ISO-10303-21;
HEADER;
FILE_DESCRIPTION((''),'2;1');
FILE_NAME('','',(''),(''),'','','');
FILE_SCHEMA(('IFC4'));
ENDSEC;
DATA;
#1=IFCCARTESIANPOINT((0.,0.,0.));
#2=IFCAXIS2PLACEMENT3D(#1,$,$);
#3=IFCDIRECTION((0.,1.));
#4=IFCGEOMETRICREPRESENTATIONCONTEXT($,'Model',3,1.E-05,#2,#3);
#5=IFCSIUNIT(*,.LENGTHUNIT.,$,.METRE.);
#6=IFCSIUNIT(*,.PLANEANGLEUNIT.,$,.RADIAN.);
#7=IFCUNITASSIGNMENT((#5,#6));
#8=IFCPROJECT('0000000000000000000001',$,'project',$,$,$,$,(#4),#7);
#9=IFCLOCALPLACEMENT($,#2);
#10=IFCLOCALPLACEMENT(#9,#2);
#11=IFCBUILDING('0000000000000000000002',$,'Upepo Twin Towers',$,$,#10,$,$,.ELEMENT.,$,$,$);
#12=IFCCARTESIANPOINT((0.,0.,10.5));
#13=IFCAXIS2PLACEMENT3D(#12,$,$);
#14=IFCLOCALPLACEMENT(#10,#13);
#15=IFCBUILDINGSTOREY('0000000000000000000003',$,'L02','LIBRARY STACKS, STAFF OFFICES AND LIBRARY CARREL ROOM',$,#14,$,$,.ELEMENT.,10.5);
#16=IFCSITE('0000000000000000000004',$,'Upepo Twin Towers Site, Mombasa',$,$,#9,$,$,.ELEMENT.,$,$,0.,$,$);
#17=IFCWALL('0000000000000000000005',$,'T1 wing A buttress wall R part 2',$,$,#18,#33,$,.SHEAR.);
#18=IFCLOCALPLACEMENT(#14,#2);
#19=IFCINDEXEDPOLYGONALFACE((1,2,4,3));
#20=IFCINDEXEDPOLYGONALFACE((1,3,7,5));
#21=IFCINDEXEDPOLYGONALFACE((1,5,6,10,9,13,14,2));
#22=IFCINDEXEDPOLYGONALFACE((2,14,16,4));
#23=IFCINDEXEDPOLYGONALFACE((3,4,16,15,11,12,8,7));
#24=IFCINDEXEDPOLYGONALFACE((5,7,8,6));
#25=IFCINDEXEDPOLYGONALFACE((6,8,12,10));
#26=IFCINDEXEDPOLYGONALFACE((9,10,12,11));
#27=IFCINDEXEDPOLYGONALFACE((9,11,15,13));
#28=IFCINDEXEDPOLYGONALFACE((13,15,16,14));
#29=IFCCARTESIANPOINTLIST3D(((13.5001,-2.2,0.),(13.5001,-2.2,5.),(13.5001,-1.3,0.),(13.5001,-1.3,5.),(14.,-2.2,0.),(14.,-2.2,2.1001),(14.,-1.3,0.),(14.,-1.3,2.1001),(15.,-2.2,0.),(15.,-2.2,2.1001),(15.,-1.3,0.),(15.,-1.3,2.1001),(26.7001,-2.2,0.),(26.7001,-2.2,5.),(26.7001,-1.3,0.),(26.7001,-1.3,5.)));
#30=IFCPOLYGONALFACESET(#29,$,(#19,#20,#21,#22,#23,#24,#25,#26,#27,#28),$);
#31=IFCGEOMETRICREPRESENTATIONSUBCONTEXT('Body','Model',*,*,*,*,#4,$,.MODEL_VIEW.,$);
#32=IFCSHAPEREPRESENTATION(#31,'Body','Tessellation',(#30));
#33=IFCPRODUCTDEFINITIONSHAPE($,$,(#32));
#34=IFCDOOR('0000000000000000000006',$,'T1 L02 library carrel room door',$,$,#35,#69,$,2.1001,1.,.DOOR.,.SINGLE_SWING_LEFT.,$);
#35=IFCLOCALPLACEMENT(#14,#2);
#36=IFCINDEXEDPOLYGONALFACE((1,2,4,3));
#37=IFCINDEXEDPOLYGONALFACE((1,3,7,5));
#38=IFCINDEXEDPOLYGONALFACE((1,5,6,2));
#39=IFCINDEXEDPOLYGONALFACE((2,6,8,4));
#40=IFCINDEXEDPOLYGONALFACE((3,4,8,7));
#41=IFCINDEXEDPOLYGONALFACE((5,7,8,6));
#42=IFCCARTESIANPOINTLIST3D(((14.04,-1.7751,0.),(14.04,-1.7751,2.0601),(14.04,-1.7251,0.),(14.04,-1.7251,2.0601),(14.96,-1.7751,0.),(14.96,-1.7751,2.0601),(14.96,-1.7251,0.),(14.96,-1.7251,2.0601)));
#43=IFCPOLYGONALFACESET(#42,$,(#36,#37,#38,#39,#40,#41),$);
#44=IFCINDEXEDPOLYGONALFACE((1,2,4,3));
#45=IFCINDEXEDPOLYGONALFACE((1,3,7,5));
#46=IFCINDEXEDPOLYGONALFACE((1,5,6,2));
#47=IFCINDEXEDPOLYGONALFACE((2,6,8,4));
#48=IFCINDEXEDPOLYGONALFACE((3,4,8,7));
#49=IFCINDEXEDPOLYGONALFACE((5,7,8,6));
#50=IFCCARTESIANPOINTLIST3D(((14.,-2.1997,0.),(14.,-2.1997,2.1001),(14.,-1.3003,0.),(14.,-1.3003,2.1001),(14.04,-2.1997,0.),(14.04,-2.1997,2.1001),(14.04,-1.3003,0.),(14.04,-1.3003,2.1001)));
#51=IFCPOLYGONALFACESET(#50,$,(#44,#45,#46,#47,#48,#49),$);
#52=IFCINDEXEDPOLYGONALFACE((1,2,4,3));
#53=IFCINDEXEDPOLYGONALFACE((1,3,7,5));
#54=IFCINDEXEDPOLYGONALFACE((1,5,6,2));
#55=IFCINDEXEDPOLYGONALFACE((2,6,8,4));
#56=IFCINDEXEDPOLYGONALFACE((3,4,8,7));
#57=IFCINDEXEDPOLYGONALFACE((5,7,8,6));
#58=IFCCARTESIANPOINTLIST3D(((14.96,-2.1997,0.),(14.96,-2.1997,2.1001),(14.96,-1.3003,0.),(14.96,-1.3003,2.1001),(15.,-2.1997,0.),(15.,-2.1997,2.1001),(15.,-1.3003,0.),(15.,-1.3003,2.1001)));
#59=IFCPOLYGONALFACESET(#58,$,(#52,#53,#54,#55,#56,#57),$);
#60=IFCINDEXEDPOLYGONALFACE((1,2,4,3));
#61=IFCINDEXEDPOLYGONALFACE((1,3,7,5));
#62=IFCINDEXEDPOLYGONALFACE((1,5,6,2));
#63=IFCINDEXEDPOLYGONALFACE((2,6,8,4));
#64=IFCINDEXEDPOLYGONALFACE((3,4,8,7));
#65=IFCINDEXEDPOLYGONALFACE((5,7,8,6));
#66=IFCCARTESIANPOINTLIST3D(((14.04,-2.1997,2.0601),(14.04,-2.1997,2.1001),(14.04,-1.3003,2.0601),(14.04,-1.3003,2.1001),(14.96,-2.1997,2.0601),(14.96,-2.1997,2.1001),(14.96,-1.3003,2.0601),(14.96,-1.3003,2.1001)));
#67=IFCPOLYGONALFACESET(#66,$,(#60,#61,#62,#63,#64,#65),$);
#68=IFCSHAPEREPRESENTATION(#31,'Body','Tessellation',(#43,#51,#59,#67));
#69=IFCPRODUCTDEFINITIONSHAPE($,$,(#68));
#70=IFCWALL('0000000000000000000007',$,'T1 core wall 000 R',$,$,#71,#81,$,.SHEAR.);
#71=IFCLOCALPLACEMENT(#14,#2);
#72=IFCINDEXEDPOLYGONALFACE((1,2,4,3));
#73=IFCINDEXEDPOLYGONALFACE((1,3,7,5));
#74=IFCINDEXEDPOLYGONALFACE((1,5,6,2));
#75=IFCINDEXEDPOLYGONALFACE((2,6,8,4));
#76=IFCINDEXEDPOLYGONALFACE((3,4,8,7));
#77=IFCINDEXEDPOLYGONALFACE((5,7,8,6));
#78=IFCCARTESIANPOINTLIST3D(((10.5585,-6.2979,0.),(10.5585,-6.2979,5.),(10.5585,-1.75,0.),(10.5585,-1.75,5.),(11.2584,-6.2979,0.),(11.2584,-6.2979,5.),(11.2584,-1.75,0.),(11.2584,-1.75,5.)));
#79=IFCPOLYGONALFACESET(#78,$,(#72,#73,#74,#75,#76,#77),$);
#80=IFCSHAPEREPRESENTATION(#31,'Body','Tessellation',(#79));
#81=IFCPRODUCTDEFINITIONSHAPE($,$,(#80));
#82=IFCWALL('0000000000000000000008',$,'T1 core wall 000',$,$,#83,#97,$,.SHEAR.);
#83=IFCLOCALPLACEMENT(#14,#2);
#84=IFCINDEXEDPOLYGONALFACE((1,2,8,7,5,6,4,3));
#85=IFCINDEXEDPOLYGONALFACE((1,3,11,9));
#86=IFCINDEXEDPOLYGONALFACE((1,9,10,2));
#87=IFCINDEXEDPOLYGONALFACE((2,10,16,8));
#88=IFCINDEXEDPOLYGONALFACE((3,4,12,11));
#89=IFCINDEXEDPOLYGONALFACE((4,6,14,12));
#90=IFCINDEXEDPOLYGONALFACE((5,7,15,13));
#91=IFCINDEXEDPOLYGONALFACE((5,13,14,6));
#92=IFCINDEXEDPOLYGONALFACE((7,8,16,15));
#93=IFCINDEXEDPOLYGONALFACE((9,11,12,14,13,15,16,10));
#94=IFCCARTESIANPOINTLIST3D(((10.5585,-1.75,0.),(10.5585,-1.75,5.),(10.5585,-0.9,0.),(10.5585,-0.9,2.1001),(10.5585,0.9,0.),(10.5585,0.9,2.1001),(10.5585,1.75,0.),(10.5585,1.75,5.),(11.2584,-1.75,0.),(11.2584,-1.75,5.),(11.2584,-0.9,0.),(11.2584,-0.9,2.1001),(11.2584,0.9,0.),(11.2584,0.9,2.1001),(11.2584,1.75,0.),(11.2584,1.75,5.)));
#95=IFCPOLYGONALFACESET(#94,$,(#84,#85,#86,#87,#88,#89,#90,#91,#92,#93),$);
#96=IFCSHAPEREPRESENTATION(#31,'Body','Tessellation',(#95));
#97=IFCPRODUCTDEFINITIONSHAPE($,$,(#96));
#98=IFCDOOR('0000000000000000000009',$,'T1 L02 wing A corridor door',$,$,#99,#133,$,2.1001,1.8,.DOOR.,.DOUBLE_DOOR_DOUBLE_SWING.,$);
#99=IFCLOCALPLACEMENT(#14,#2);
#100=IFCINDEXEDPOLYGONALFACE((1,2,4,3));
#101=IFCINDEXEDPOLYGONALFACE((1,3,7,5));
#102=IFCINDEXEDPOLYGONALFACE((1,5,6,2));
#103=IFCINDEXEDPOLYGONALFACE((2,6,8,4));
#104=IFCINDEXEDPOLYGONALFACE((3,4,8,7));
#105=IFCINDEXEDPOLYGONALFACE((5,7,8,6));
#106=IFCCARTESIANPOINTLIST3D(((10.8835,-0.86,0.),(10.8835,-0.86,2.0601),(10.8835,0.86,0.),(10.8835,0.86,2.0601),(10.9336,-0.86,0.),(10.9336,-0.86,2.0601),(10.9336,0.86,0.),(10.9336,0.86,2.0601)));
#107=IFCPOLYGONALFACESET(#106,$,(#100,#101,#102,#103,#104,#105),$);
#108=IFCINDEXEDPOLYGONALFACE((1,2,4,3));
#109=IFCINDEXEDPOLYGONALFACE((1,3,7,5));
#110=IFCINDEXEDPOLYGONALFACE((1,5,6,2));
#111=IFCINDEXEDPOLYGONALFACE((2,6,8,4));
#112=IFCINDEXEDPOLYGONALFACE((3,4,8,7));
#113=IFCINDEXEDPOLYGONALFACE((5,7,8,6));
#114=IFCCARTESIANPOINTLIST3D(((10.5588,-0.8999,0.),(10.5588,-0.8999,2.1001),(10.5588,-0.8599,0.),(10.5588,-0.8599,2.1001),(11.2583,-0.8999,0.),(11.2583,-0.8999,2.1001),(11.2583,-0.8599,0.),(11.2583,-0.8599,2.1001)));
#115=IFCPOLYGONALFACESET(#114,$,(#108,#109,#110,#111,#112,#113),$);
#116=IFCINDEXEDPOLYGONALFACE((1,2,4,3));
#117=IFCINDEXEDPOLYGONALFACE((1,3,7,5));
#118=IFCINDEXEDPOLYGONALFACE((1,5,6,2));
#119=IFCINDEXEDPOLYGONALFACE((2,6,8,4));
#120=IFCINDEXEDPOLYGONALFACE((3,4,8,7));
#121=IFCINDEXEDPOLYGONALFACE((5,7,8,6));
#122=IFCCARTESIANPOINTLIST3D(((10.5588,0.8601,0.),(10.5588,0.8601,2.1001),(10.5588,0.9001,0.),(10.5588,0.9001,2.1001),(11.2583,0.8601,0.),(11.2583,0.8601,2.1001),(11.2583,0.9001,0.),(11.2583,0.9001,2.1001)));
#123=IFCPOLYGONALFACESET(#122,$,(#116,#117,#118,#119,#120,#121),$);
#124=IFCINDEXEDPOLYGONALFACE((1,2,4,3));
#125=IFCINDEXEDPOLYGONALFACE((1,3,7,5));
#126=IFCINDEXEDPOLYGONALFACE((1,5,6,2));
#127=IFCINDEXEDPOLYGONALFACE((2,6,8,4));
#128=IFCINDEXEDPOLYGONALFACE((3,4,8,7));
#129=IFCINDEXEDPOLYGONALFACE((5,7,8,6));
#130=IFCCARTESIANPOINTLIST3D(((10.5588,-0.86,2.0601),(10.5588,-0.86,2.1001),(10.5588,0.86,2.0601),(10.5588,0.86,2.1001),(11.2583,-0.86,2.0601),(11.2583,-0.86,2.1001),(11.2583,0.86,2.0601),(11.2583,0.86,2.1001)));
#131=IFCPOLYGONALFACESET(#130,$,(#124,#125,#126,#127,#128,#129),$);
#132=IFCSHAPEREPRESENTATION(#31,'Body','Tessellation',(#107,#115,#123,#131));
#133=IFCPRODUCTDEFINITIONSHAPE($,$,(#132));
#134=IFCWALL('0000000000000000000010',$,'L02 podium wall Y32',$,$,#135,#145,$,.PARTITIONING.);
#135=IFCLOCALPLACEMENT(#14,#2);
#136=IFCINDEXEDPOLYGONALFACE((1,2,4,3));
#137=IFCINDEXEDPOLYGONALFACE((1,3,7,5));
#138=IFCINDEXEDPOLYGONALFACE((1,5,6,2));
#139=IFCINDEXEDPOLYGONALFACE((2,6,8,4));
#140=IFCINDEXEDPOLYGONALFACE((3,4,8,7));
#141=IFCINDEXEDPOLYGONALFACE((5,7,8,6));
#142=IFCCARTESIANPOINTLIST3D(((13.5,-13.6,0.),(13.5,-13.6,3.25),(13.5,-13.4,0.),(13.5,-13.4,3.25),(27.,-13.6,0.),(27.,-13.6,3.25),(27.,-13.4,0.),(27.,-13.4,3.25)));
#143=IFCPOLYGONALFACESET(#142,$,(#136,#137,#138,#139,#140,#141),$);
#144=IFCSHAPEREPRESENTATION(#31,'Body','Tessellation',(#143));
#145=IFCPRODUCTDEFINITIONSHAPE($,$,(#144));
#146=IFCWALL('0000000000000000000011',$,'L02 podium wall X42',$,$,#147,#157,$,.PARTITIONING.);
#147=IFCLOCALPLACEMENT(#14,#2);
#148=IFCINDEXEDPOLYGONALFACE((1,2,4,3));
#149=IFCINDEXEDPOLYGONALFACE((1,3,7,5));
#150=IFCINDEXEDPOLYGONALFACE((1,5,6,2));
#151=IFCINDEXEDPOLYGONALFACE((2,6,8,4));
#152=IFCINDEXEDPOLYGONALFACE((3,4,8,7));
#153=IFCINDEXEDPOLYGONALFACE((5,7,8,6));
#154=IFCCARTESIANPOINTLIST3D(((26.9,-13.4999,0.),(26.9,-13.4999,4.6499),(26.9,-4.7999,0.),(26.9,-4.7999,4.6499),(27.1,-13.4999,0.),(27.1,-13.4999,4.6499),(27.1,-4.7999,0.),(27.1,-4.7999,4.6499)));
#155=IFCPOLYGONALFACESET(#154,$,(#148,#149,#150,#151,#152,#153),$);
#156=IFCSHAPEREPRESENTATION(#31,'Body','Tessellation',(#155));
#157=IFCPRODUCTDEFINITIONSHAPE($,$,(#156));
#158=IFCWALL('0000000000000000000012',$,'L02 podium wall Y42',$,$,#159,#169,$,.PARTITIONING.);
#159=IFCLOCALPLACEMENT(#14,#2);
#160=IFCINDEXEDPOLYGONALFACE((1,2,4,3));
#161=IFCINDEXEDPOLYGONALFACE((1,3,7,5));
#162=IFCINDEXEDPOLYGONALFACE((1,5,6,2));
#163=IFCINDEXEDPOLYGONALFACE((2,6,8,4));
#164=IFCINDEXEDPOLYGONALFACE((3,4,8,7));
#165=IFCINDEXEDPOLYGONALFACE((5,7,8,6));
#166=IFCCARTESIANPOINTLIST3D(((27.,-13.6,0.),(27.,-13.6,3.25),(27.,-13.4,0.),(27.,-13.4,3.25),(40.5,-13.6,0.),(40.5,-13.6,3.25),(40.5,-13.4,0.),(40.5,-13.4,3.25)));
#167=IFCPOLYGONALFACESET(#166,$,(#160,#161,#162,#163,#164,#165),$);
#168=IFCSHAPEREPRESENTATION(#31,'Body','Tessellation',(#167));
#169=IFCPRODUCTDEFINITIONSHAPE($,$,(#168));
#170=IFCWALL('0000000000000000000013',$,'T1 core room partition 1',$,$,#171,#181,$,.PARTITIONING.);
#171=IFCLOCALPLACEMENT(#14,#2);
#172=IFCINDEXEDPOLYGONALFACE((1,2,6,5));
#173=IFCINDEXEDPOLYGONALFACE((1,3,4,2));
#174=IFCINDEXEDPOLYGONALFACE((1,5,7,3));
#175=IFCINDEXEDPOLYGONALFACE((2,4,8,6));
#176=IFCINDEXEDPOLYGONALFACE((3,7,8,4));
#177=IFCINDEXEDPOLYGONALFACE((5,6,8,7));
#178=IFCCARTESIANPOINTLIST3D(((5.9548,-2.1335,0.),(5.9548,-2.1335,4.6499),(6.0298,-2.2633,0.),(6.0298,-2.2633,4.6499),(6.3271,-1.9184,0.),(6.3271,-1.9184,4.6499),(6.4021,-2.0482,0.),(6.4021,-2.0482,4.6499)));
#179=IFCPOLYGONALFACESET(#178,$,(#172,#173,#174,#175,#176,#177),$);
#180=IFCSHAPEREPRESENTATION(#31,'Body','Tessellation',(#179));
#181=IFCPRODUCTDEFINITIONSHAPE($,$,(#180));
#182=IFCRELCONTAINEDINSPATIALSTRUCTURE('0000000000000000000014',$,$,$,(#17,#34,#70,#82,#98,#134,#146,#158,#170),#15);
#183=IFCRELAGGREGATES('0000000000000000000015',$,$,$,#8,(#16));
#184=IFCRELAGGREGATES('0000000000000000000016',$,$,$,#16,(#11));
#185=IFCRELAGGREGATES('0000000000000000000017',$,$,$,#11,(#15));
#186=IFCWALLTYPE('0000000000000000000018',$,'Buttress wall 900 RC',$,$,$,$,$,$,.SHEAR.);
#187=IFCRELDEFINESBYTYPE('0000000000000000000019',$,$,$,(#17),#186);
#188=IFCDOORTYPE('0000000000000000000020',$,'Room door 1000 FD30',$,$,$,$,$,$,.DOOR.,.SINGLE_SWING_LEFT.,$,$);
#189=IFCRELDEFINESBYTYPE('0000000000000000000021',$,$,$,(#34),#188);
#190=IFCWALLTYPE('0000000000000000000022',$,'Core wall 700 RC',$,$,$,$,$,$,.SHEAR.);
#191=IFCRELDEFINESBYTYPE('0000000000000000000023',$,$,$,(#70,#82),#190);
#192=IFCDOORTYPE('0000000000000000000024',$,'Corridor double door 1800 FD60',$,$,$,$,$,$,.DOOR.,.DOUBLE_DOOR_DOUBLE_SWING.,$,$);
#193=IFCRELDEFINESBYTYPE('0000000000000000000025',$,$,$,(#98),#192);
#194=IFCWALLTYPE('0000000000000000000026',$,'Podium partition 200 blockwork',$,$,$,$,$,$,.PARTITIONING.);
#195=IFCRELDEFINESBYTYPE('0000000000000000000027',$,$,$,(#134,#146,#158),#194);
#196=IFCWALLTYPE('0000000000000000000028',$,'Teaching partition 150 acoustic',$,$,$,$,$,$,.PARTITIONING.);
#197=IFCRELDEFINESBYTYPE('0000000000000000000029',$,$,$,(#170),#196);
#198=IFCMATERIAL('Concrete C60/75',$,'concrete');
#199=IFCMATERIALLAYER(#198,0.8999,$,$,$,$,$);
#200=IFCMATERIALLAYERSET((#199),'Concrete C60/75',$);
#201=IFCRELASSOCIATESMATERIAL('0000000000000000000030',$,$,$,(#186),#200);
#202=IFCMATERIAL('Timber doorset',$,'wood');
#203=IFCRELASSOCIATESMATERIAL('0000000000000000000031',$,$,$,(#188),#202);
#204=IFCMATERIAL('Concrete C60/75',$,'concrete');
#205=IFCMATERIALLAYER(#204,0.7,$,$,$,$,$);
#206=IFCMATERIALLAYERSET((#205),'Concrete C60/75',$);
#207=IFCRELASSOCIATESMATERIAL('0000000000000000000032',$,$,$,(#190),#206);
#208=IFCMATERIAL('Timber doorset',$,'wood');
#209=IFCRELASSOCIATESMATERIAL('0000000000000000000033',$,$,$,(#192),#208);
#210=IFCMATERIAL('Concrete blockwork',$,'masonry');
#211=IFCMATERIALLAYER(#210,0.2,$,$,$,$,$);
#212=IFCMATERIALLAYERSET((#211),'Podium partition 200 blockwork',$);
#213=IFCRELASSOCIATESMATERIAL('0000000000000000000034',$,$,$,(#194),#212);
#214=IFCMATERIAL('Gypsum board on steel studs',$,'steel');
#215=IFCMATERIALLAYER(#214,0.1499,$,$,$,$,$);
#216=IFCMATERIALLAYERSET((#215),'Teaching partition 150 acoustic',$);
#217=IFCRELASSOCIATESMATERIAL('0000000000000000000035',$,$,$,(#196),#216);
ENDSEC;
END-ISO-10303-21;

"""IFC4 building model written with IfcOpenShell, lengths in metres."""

from ifc_helpers import new_model, si_unit, direction, frame, frame_2d, origin, place, context, subcontext, project, spatial, rectangle, extrude, material, layer, layer_set, type_object, element, fill, save


model = new_model("IFC4")

# Units and contexts
model_context = context("Model", 3, precision=1e-05, world=origin(), true_north=direction((0.0, 1.0)))
body_context = subcontext(model_context, "Body", "Model", "MODEL_VIEW")
ifc_project = project(units=[si_unit("LENGTHUNIT", "METRE"), si_unit("PLANEANGLEUNIT", "RADIAN")], contexts=[model_context])

# Site, building, storey
site_placement = place(None, origin())
site = spatial("IfcSite", under=ifc_project, at=site_placement, Name="Upepo Twin Towers Site, Mombasa", CompositionType="ELEMENT", RefElevation=0.0)
building_placement = place(site_placement, origin())
building = spatial("IfcBuilding", under=site, at=building_placement, Name="Upepo Twin Towers", CompositionType="ELEMENT")
storey_placement = place(building_placement, frame((0.0, 0.0, 10.5)))
storey = spatial("IfcBuildingStorey", under=building, at=storey_placement, Name="L02", Description="LIBRARY STACKS, STAFF OFFICES AND LIBRARY CARREL ROOM", CompositionType="ELEMENT", Elevation=10.5)

# Wall, opening, door
ifc_material_1 = material(Name="Concrete C60/75", Category="concrete")
ifc_layer_1 = layer(ifc_material_1, 0.8999)
ifc_layer_set_1 = layer_set([ifc_layer_1], Name="Concrete C60/75")
wall_type_1 = type_object("IfcWallType", Name="Buttress wall 900 RC", PredefinedType="SHEAR", material=ifc_layer_set_1)
wall_1_placement = place(storey_placement, frame((13.5, -1.75, 0.0), z_axis=(0.0, 0.0, 1.0), x_axis=(1.0, 0.0, 0.0)))
wall_1 = element("IfcWall", 1, at=wall_1_placement, inside=storey, type_object=wall_type_1, Name="T1 wing A buttress wall R part 2", PredefinedType="SHEAR", context=body_context, shape_type="SweptSolid", body=[
    extrude(rectangle(XDim=13.2, YDim=0.8999, at=frame_2d((6.6001, 0.0))), origin(), (0.0, 0.0, 1.0), 5.0),
])
opening_1_placement = place(wall_1_placement, frame((0.5, 0.0, 0.0)))
opening_1 = element("IfcOpeningElement", 2, at=opening_1_placement, cuts=wall_1, PredefinedType="OPENING", context=body_context, shape_type="SweptSolid", body=[
    extrude(rectangle(XDim=1.0, YDim=2.1001, at=frame_2d((0.5, 1.05))), frame((0.0, 0.46, 0.0), z_axis=(0.0, -1.0, 0.0), x_axis=(1.0, 0.0, 0.0)), (0.0, 0.0, 1.0), 0.9199),
])
ifc_material_2 = material(Name="Timber doorset", Category="wood")
door_type_1 = type_object("IfcDoorType", Name="Room door 1000 FD30", OperationType="SINGLE_SWING_LEFT", PredefinedType="DOOR", material=ifc_material_2)
door_1_placement = place(opening_1_placement, origin())
door_1 = element("IfcDoor", 3, at=door_1_placement, inside=storey, type_object=door_type_1, Name="T1 L02 library carrel room door", OperationType="SINGLE_SWING_LEFT", OverallHeight=2.1001, OverallWidth=1.0, PredefinedType="DOOR", context=body_context, shape_type="SweptSolid", body=[
    extrude(rectangle(XDim=0.92, YDim=2.0601, at=frame_2d((0.5, 1.03))), frame((0.0, 0.0249, 0.0), z_axis=(0.0, -1.0, 0.0), x_axis=(1.0, 0.0, 0.0)), (0.0, 0.0, 1.0), 0.05),
    extrude(rectangle(XDim=0.04, YDim=2.1001, at=frame_2d((0.02, 1.05))), frame((0.0, 0.4497, 0.0), z_axis=(0.0, -1.0, 0.0), x_axis=(1.0, 0.0, 0.0)), (0.0, 0.0, 1.0), 0.8994),
    extrude(rectangle(XDim=0.04, YDim=2.1001, at=frame_2d((0.98, 1.05))), frame((0.0, 0.4497, 0.0), z_axis=(0.0, -1.0, 0.0), x_axis=(1.0, 0.0, 0.0)), (0.0, 0.0, 1.0), 0.8994),
    extrude(rectangle(XDim=0.92, YDim=0.04, at=frame_2d((0.5, 2.0801))), frame((0.0, 0.4497, 0.0), z_axis=(0.0, -1.0, 0.0), x_axis=(1.0, 0.0, 0.0)), (0.0, 0.0, 1.0), 0.8994),
])
fill(opening_1, door_1)

# Wall
ifc_material_3 = material(Name="Concrete C60/75", Category="concrete")
ifc_layer_2 = layer(ifc_material_3, 0.7)
ifc_layer_set_2 = layer_set([ifc_layer_2], Name="Concrete C60/75")
wall_type_2 = type_object("IfcWallType", Name="Core wall 700 RC", PredefinedType="SHEAR", material=ifc_layer_set_2)
wall_2_placement = place(storey_placement, frame((10.9084, -6.2979, 0.0), z_axis=(0.0, 0.0, 1.0), x_axis=(0.0, 1.0, 0.0)))
element("IfcWall", 4, at=wall_2_placement, inside=storey, type_object=wall_type_2, Name="T1 core wall 000 R", PredefinedType="SHEAR", context=body_context, shape_type="SweptSolid", body=[
    extrude(rectangle(XDim=4.5479, YDim=0.7, at=frame_2d((2.2739, 0.0))), origin(), (0.0, 0.0, 1.0), 5.0),
])

# Wall, opening, door
wall_3_placement = place(storey_placement, frame((10.9084, -1.75, 0.0), z_axis=(0.0, 0.0, 1.0), x_axis=(0.0, 1.0, 0.0)))
wall_3 = element("IfcWall", 5, at=wall_3_placement, inside=storey, type_object=wall_type_2, Name="T1 core wall 000", PredefinedType="SHEAR", context=body_context, shape_type="SweptSolid", body=[
    extrude(rectangle(XDim=3.5, YDim=0.7, at=frame_2d((1.75, 0.0))), origin(), (0.0, 0.0, 1.0), 5.0),
])
opening_2_placement = place(wall_3_placement, frame((0.8501, 0.0, 0.0)))
opening_2 = element("IfcOpeningElement", 6, at=opening_2_placement, cuts=wall_3, PredefinedType="OPENING", context=body_context, shape_type="SweptSolid", body=[
    extrude(rectangle(XDim=1.8, YDim=2.1001, at=frame_2d((0.8999, 1.05))), frame((0.0, 0.3599, 0.0), z_axis=(0.0, -1.0, 0.0), x_axis=(1.0, 0.0, 0.0)), (0.0, 0.0, 1.0), 0.72),
])
ifc_material_4 = material(Name="Timber doorset", Category="wood")
door_type_2 = type_object("IfcDoorType", Name="Corridor double door 1800 FD60", OperationType="DOUBLE_DOOR_DOUBLE_SWING", PredefinedType="DOOR", material=ifc_material_4)
door_2_placement = place(opening_2_placement, origin())
door_2 = element("IfcDoor", 7, at=door_2_placement, inside=storey, type_object=door_type_2, Name="T1 L02 wing A corridor door", OperationType="DOUBLE_DOOR_DOUBLE_SWING", OverallHeight=2.1001, OverallWidth=1.8, PredefinedType="DOOR", context=body_context, shape_type="SweptSolid", body=[
    extrude(rectangle(XDim=1.72, YDim=2.0601, at=frame_2d((0.8999, 1.03))), frame((0.0, 0.0249, 0.0), z_axis=(0.0, -1.0, 0.0), x_axis=(1.0, 0.0, 0.0)), (0.0, 0.0, 1.0), 0.05),
    extrude(rectangle(XDim=0.04, YDim=2.1001, at=frame_2d((0.02, 1.05))), frame((0.0, 0.3496, 0.0), z_axis=(0.0, -1.0, 0.0), x_axis=(1.0, 0.0, 0.0)), (0.0, 0.0, 1.0), 0.6995),
    extrude(rectangle(XDim=0.04, YDim=2.1001, at=frame_2d((1.78, 1.05))), frame((0.0, 0.3496, 0.0), z_axis=(0.0, -1.0, 0.0), x_axis=(1.0, 0.0, 0.0)), (0.0, 0.0, 1.0), 0.6995),
    extrude(rectangle(XDim=1.72, YDim=0.04, at=frame_2d((0.8999, 2.0801))), frame((0.0, 0.3496, 0.0), z_axis=(0.0, -1.0, 0.0), x_axis=(1.0, 0.0, 0.0)), (0.0, 0.0, 1.0), 0.6995),
])
fill(opening_2, door_2)

# Walls
ifc_material_5 = material(Name="Concrete blockwork", Category="masonry")
ifc_layer_3 = layer(ifc_material_5, 0.2)
ifc_layer_set_3 = layer_set([ifc_layer_3], Name="Podium partition 200 blockwork")
wall_type_3 = type_object("IfcWallType", Name="Podium partition 200 blockwork", PredefinedType="PARTITIONING", material=ifc_layer_set_3)
wall_4_placement = place(storey_placement, frame((13.5, -13.5, 0.0), z_axis=(0.0, 0.0, 1.0), x_axis=(1.0, 0.0, 0.0)))
element("IfcWall", 8, at=wall_4_placement, inside=storey, type_object=wall_type_3, Name="L02 podium wall Y32", PredefinedType="PARTITIONING", context=body_context, shape_type="SweptSolid", body=[
    extrude(rectangle(XDim=13.5, YDim=0.2, at=frame_2d((6.75, 0.0))), origin(), (0.0, 0.0, 1.0), 3.25),
])
wall_5_placement = place(storey_placement, frame((27.0, -13.5, 0.0), z_axis=(0.0, 0.0, 1.0), x_axis=(0.0, 1.0, 0.0)))
element("IfcWall", 9, at=wall_5_placement, inside=storey, type_object=wall_type_3, Name="L02 podium wall X42", PredefinedType="PARTITIONING", context=body_context, shape_type="SweptSolid", body=[
    extrude(rectangle(XDim=8.7, YDim=0.2, at=frame_2d((4.3501, 0.0))), origin(), (0.0, 0.0, 1.0), 4.6499),
])
wall_6_placement = place(storey_placement, frame((27.0, -13.5, 0.0), z_axis=(0.0, 0.0, 1.0), x_axis=(1.0, 0.0, 0.0)))
element("IfcWall", 10, at=wall_6_placement, inside=storey, type_object=wall_type_3, Name="L02 podium wall Y42", PredefinedType="PARTITIONING", context=body_context, shape_type="SweptSolid", body=[
    extrude(rectangle(XDim=13.5, YDim=0.2, at=frame_2d((6.75, 0.0))), origin(), (0.0, 0.0, 1.0), 3.25),
])
ifc_material_6 = material(Name="Gypsum board on steel studs", Category="steel")
ifc_layer_4 = layer(ifc_material_6, 0.1499)
ifc_layer_set_4 = layer_set([ifc_layer_4], Name="Teaching partition 150 acoustic")
wall_type_4 = type_object("IfcWallType", Name="Teaching partition 150 acoustic", PredefinedType="PARTITIONING", material=ifc_layer_set_4)
wall_7_placement = place(storey_placement, frame((6.3645, -1.9834, 0.0), z_axis=(0.0, 0.0, 1.0), x_axis=(-0.865892, -0.50023, 0.0)))
element("IfcWall", 11, at=wall_7_placement, inside=storey, type_object=wall_type_4, Name="T1 core room partition 1", PredefinedType="PARTITIONING", context=body_context, shape_type="SweptSolid", body=[
    extrude(rectangle(XDim=0.4299, YDim=0.1499, at=frame_2d((0.2148, 0.0))), origin(), (0.0, 0.0, 1.0), 4.6499),
])

save(model, "model.ifc")
